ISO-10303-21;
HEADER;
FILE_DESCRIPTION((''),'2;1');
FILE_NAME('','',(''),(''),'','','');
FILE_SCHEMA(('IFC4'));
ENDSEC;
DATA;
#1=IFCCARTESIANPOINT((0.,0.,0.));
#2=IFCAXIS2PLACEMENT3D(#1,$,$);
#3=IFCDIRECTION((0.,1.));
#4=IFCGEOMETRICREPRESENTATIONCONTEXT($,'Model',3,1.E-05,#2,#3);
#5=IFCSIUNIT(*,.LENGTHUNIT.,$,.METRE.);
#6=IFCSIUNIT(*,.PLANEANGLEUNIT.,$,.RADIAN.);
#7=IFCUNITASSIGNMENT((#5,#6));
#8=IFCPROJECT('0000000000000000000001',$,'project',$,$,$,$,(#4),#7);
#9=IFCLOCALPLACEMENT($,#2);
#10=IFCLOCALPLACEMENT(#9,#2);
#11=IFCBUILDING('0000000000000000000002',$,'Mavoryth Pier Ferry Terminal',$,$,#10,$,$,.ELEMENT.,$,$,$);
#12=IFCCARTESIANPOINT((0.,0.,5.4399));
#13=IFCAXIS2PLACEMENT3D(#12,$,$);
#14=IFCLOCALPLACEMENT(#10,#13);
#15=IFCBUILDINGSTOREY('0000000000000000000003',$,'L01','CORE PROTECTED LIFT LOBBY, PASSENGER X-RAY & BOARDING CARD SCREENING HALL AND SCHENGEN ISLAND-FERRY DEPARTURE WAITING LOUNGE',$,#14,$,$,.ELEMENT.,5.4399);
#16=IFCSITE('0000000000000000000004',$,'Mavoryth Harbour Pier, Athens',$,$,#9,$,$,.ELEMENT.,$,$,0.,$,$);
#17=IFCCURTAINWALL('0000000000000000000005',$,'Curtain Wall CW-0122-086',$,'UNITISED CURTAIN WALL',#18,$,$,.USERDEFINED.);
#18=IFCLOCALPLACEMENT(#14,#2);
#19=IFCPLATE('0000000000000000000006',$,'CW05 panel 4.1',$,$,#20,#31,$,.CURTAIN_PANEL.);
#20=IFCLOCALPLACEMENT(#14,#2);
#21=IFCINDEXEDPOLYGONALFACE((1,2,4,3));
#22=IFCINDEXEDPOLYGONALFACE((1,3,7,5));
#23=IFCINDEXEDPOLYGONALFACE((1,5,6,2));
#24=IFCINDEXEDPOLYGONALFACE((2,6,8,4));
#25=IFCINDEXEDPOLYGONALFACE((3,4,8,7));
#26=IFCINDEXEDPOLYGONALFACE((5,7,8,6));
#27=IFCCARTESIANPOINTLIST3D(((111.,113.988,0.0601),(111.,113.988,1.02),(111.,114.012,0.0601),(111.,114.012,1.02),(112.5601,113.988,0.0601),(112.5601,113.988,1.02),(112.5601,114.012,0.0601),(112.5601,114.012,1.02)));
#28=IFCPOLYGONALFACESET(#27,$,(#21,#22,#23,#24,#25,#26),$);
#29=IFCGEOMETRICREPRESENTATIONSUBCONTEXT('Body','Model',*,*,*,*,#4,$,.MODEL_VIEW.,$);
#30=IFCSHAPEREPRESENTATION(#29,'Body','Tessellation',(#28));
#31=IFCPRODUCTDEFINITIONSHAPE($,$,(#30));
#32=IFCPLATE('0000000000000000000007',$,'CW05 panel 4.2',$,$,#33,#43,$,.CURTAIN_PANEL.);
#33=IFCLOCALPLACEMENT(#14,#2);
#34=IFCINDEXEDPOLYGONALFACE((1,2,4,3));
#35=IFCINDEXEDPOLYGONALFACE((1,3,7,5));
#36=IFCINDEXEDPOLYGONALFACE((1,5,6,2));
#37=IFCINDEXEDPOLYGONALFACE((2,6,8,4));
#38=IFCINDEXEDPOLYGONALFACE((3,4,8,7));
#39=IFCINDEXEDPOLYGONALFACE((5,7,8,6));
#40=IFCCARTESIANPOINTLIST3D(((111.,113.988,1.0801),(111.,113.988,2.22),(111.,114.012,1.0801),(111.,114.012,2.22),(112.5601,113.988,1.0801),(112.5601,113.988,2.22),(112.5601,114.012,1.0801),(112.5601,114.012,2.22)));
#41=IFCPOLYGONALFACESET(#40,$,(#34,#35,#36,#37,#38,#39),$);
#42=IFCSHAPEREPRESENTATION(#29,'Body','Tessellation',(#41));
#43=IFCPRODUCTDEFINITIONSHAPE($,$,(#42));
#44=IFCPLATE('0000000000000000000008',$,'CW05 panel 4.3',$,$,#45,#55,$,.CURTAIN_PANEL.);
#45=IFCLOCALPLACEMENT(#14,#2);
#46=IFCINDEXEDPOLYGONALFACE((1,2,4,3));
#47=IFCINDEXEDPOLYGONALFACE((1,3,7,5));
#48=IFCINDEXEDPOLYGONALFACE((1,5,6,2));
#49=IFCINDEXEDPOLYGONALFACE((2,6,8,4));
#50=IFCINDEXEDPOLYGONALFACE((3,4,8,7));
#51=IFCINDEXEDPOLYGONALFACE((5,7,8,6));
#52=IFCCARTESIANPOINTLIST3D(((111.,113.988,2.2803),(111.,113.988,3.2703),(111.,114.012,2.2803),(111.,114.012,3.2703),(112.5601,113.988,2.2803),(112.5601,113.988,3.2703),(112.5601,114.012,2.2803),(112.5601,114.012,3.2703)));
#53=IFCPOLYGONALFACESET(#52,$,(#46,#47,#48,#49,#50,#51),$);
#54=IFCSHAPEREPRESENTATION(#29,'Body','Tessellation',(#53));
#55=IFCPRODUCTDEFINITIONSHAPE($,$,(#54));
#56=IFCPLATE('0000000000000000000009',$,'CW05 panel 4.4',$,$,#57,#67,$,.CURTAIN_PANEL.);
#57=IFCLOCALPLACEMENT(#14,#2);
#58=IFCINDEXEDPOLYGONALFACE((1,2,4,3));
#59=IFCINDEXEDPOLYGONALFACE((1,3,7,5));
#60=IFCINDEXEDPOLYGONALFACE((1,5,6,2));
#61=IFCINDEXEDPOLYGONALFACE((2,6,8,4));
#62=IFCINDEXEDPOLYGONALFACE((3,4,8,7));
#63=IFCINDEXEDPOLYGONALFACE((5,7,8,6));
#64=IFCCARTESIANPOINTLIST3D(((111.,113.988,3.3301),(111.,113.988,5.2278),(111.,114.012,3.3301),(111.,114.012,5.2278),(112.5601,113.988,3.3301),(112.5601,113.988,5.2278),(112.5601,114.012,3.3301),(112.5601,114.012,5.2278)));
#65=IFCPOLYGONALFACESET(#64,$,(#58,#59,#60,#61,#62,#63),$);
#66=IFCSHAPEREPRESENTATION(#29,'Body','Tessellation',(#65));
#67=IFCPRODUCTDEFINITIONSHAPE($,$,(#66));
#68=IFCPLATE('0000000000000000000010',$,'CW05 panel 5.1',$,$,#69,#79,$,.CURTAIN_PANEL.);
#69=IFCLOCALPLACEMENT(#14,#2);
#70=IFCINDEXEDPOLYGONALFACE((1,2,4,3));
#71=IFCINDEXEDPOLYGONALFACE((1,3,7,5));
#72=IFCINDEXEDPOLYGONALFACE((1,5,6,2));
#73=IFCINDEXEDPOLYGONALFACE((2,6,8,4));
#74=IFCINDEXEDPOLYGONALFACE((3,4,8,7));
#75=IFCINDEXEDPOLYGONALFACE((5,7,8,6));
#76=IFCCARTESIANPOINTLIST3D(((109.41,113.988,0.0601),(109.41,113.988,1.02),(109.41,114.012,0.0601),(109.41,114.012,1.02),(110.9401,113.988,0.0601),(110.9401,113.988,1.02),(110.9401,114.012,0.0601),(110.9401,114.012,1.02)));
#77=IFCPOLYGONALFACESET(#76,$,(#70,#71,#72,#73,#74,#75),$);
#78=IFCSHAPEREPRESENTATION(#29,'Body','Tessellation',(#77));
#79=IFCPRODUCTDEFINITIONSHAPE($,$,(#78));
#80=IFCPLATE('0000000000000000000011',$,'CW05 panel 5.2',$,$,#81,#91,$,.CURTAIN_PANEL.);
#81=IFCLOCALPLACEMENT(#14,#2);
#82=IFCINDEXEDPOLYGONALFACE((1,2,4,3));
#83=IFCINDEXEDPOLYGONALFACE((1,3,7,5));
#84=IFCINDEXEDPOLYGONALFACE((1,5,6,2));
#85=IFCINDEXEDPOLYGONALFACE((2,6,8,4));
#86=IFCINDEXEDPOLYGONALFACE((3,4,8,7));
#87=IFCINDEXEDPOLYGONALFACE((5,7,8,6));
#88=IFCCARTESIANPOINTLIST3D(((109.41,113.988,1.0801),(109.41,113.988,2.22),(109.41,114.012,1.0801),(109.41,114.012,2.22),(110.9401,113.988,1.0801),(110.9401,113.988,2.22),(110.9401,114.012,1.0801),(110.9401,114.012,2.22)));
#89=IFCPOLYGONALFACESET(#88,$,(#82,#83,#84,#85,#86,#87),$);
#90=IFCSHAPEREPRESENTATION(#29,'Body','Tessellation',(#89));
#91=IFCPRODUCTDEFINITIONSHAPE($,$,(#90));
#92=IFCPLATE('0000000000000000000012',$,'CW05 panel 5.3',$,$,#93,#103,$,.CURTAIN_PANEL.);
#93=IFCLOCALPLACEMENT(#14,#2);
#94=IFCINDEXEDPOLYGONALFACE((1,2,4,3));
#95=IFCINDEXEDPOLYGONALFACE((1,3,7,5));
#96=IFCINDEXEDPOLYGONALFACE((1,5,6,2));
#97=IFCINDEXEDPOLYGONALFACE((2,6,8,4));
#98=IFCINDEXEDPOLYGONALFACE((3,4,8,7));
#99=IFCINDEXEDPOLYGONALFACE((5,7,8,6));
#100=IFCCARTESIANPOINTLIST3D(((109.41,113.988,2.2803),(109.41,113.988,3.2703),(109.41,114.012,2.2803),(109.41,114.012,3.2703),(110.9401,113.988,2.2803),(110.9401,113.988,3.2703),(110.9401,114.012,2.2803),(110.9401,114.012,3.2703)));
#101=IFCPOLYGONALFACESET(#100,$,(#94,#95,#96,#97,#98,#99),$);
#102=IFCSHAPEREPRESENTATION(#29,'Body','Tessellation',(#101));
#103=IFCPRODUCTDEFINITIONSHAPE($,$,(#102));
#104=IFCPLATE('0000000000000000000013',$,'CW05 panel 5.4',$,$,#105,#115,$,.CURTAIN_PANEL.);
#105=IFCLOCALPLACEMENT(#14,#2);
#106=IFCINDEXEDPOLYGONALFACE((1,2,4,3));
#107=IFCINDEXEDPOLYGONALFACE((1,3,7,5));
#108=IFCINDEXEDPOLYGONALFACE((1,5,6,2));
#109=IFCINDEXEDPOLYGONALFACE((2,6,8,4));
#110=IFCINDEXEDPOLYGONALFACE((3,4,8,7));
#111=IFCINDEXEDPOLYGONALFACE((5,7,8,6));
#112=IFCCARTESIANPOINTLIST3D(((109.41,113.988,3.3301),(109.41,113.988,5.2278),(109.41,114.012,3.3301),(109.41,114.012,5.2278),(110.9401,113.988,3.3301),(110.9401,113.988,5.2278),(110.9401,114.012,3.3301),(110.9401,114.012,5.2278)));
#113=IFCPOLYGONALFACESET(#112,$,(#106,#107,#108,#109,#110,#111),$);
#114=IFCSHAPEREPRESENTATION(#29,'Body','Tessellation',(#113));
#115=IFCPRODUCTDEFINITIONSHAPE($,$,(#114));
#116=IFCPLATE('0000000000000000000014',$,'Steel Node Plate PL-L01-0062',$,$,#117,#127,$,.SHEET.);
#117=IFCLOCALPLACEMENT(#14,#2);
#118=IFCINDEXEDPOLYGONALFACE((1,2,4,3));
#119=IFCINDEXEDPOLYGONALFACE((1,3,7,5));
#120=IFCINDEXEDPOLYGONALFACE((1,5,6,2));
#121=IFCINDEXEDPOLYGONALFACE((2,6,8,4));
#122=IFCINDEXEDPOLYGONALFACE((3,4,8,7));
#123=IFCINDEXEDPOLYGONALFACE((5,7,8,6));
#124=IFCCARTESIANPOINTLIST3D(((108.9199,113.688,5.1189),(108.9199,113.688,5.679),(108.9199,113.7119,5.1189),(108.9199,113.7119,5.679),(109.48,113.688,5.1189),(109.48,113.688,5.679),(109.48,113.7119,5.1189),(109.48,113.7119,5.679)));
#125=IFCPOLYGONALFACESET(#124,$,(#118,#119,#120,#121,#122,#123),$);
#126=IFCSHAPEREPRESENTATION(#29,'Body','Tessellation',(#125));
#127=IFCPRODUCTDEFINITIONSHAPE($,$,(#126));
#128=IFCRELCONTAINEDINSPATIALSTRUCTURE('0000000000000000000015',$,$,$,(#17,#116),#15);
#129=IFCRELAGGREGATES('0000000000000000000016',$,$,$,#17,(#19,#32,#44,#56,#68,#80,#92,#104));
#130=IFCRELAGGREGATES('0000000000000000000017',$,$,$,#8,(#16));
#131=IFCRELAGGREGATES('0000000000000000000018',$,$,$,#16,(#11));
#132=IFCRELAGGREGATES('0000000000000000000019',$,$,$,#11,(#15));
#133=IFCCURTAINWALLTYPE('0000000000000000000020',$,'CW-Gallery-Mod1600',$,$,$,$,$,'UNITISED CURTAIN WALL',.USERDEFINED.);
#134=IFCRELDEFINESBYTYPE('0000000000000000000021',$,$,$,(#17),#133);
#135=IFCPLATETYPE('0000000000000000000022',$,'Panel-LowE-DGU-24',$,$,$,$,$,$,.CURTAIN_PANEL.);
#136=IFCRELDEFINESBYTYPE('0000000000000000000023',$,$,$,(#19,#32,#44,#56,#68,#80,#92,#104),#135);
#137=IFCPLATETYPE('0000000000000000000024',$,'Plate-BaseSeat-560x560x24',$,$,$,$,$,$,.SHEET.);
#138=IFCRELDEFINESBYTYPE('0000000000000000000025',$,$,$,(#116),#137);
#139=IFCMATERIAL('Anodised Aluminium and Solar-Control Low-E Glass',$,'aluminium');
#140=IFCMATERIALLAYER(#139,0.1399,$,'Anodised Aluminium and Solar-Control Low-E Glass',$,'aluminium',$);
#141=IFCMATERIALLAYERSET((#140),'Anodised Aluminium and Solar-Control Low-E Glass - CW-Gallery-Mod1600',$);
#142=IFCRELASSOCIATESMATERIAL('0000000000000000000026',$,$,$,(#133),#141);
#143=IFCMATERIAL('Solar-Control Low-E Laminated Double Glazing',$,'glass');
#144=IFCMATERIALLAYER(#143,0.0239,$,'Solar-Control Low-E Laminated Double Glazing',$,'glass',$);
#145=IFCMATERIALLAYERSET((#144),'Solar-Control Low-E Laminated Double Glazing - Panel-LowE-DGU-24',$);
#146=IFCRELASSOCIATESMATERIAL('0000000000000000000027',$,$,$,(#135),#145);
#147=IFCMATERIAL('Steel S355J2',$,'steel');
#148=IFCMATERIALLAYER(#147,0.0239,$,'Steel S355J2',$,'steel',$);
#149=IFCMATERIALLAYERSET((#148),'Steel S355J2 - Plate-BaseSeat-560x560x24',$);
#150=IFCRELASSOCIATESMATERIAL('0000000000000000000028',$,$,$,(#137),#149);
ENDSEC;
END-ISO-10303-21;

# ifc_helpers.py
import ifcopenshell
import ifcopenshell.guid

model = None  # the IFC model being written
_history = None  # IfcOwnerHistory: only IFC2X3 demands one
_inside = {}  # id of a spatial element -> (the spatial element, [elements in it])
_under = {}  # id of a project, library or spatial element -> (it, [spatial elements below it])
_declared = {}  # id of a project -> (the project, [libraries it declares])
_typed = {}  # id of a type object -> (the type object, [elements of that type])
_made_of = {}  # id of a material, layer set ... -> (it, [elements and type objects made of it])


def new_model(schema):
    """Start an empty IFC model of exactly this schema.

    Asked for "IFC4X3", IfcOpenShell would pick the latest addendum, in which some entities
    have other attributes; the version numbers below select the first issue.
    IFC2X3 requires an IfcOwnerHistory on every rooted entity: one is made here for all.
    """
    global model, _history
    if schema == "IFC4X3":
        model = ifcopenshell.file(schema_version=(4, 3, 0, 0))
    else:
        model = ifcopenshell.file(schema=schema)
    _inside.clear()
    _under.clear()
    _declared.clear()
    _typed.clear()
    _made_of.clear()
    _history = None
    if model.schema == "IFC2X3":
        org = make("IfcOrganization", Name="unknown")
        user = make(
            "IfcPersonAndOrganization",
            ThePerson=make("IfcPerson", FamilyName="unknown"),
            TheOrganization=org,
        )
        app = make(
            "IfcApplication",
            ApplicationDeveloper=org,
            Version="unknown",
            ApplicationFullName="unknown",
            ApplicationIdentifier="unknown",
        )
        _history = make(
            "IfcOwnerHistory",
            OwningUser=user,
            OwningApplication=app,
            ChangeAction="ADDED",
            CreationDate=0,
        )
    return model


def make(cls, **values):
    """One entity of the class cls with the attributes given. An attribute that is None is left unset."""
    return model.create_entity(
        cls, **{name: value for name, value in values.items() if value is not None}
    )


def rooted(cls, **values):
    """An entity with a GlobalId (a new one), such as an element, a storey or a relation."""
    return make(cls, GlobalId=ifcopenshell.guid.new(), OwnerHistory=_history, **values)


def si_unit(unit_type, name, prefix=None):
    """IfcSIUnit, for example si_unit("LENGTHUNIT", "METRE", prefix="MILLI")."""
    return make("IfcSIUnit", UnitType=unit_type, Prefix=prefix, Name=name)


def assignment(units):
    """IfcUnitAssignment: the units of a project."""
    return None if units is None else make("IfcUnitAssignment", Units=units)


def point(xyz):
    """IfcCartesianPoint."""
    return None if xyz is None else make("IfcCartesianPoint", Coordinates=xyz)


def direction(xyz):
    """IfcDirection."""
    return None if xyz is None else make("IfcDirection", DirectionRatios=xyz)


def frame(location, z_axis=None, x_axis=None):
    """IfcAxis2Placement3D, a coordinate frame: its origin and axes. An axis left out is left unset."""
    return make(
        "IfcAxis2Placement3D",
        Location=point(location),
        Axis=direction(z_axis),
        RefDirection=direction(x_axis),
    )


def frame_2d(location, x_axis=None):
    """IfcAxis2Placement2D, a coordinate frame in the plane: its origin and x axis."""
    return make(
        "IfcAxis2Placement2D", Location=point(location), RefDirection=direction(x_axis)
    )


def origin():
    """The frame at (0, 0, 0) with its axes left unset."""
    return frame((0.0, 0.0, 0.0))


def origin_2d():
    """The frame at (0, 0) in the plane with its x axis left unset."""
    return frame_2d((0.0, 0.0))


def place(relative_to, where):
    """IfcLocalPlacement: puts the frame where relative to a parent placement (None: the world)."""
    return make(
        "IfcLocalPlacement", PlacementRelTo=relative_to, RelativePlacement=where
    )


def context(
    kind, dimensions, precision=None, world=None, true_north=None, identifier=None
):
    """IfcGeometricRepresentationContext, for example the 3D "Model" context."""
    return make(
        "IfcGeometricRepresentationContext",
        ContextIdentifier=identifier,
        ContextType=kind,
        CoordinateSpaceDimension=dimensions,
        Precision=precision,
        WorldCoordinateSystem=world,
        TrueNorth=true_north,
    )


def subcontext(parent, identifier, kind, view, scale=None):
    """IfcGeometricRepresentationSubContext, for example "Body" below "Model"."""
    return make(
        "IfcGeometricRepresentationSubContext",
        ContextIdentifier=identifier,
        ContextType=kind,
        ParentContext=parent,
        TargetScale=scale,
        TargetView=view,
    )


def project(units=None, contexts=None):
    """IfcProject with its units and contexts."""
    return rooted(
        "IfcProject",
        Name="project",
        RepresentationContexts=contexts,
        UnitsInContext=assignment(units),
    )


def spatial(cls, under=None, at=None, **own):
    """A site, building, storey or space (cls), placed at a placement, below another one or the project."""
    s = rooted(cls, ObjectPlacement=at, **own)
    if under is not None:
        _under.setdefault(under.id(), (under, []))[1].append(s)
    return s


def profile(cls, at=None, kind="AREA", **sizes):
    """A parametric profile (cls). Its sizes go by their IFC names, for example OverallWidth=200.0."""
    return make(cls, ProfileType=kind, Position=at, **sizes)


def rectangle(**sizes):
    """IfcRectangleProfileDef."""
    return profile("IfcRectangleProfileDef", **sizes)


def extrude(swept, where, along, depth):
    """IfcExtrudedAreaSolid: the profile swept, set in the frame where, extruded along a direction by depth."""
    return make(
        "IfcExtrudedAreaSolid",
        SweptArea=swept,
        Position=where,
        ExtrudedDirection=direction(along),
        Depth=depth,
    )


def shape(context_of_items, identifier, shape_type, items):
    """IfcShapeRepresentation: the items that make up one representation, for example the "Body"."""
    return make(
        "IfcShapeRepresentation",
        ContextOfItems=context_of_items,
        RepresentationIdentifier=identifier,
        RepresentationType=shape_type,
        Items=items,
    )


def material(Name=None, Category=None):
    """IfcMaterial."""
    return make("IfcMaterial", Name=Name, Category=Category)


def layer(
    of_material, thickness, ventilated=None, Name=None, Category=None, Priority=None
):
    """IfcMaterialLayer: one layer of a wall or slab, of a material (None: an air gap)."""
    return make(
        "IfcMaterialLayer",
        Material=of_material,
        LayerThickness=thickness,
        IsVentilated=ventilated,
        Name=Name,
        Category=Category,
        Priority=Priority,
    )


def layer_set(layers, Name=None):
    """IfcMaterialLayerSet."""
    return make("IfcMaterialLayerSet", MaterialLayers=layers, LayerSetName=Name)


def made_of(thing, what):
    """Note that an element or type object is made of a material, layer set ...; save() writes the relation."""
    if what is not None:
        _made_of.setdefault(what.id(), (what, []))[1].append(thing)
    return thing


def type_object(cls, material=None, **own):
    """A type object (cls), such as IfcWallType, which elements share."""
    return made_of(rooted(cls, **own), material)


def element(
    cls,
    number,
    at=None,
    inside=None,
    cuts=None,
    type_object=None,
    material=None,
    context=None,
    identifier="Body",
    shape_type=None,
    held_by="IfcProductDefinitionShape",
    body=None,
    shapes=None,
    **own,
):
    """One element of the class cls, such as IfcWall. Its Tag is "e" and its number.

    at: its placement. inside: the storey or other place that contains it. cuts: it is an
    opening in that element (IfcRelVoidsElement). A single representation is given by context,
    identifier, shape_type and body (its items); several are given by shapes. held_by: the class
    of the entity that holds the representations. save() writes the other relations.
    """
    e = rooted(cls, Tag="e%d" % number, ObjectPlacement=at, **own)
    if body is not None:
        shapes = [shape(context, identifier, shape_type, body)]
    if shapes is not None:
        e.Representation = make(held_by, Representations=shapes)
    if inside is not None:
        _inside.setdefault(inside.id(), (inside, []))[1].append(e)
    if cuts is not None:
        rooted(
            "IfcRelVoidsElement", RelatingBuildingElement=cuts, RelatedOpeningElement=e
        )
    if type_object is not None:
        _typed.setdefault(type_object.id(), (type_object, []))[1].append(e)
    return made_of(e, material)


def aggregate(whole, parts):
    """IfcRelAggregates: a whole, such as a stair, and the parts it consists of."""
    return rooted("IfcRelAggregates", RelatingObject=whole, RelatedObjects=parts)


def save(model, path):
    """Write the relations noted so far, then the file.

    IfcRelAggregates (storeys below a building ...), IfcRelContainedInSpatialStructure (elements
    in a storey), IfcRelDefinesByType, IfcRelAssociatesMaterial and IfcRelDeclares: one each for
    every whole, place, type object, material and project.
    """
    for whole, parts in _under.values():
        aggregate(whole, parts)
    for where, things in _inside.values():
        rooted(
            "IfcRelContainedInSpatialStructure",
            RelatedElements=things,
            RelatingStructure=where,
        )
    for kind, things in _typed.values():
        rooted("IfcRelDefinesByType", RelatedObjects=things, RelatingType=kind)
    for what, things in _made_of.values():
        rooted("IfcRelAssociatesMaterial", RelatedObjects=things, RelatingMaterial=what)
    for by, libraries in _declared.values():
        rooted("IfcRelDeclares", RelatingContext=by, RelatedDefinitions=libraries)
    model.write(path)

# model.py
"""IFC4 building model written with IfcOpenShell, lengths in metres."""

from ifc_helpers import new_model, si_unit, direction, frame, origin, origin_2d, place, context, subcontext, project, spatial, rectangle, extrude, material, layer, layer_set, type_object, element, aggregate, save


model = new_model("IFC4")

# Units and contexts
model_context = context("Model", 3, precision=1e-05, world=origin(), true_north=direction((0.0, 1.0)))
body_context = subcontext(model_context, "Body", "Model", "MODEL_VIEW")
ifc_project = project(units=[si_unit("LENGTHUNIT", "METRE"), si_unit("PLANEANGLEUNIT", "RADIAN")], contexts=[model_context])

# Site, building, storey
site_placement = place(None, origin())
site = spatial("IfcSite", under=ifc_project, at=site_placement, Name="Mavoryth Harbour Pier, Athens", CompositionType="ELEMENT", RefElevation=0.0)
building_placement = place(site_placement, origin())
building = spatial("IfcBuilding", under=site, at=building_placement, Name="Mavoryth Pier Ferry Terminal", CompositionType="ELEMENT")
storey_placement = place(building_placement, frame((0.0, 0.0, 5.4399)))
storey = spatial("IfcBuildingStorey", under=building, at=storey_placement, Name="L01", Description="CORE PROTECTED LIFT LOBBY, PASSENGER X-RAY & BOARDING CARD SCREENING HALL AND SCHENGEN ISLAND-FERRY DEPARTURE WAITING LOUNGE", CompositionType="ELEMENT", Elevation=5.4399)

# Shared definitions
ifc_material_1 = material(Name="Steel S355J2", Category="steel")

# Curtain wall
ifc_material_2 = material(Name="Anodised Aluminium and Solar-Control Low-E Glass", Category="aluminium")
ifc_layer_1 = layer(ifc_material_2, 0.1399, Name="Anodised Aluminium and Solar-Control Low-E Glass", Category="aluminium")
ifc_layer_set_1 = layer_set([ifc_layer_1], Name="Anodised Aluminium and Solar-Control Low-E Glass - CW-Gallery-Mod1600")
curtain_wall_type = type_object("IfcCurtainWallType", Name="CW-Gallery-Mod1600", ElementType="UNITISED CURTAIN WALL", PredefinedType="USERDEFINED", material=ifc_layer_set_1)
curtain_wall_1_placement = place(storey_placement, origin())
curtain_wall_1 = element("IfcCurtainWall", 1, at=curtain_wall_1_placement, inside=storey, type_object=curtain_wall_type, Name="Curtain Wall CW-0122-086", ObjectType="UNITISED CURTAIN WALL", PredefinedType="USERDEFINED")

# Plates
ifc_material_3 = material(Name="Solar-Control Low-E Laminated Double Glazing", Category="glass")
ifc_layer_2 = layer(ifc_material_3, 0.0239, Name="Solar-Control Low-E Laminated Double Glazing", Category="glass")
ifc_layer_set_2 = layer_set([ifc_layer_2], Name="Solar-Control Low-E Laminated Double Glazing - Panel-LowE-DGU-24")
plate_type_1 = type_object("IfcPlateType", Name="Panel-LowE-DGU-24", PredefinedType="CURTAIN_PANEL", material=ifc_layer_set_2)
plate_1_placement = place(storey_placement, frame((111.78, 114.0, 0.0601), z_axis=(0.0, 0.0, 1.0), x_axis=(-1.0, 0.0, 0.0)))
plate_1 = element("IfcPlate", 2, at=plate_1_placement, type_object=plate_type_1, Name="CW05 panel 4.1", PredefinedType="CURTAIN_PANEL", context=body_context, shape_type="SweptSolid", body=[
    extrude(rectangle(XDim=1.5601, YDim=0.0239, at=origin_2d()), origin(), (0.0, 0.0, 1.0), 0.96),
])
plate_2_placement = place(storey_placement, frame((111.78, 114.0, 1.0801), z_axis=(0.0, 0.0, 1.0), x_axis=(-1.0, 0.0, 0.0)))
plate_2 = element("IfcPlate", 3, at=plate_2_placement, type_object=plate_type_1, Name="CW05 panel 4.2", PredefinedType="CURTAIN_PANEL", context=body_context, shape_type="SweptSolid", body=[
    extrude(rectangle(XDim=1.5601, YDim=0.0239, at=origin_2d()), origin(), (0.0, 0.0, 1.0), 1.1399),
])
plate_3_placement = place(storey_placement, frame((111.78, 114.0, 2.2803), z_axis=(0.0, 0.0, 1.0), x_axis=(-1.0, 0.0, 0.0)))
plate_3 = element("IfcPlate", 4, at=plate_3_placement, type_object=plate_type_1, Name="CW05 panel 4.3", PredefinedType="CURTAIN_PANEL", context=body_context, shape_type="SweptSolid", body=[
    extrude(rectangle(XDim=1.5601, YDim=0.0239, at=origin_2d()), origin(), (0.0, 0.0, 1.0), 0.99),
])
plate_4_placement = place(storey_placement, frame((111.78, 114.0, 3.3301), z_axis=(0.0, 0.0, 1.0), x_axis=(-1.0, 0.0, 0.0)))
plate_4 = element("IfcPlate", 5, at=plate_4_placement, type_object=plate_type_1, Name="CW05 panel 4.4", PredefinedType="CURTAIN_PANEL", context=body_context, shape_type="SweptSolid", body=[
    extrude(rectangle(XDim=1.5601, YDim=0.0239, at=origin_2d()), origin(), (0.0, 0.0, 1.0), 1.8977),
])
plate_5_placement = place(storey_placement, frame((110.175, 114.0, 0.0601), z_axis=(0.0, 0.0, 1.0), x_axis=(-1.0, 0.0, 0.0)))
plate_5 = element("IfcPlate", 6, at=plate_5_placement, type_object=plate_type_1, Name="CW05 panel 5.1", PredefinedType="CURTAIN_PANEL", context=body_context, shape_type="SweptSolid", body=[
    extrude(rectangle(XDim=1.53, YDim=0.0239, at=origin_2d()), origin(), (0.0, 0.0, 1.0), 0.96),
])
plate_6_placement = place(storey_placement, frame((110.175, 114.0, 1.0801), z_axis=(0.0, 0.0, 1.0), x_axis=(-1.0, 0.0, 0.0)))
plate_6 = element("IfcPlate", 7, at=plate_6_placement, type_object=plate_type_1, Name="CW05 panel 5.2", PredefinedType="CURTAIN_PANEL", context=body_context, shape_type="SweptSolid", body=[
    extrude(rectangle(XDim=1.53, YDim=0.0239, at=origin_2d()), origin(), (0.0, 0.0, 1.0), 1.1399),
])
plate_7_placement = place(storey_placement, frame((110.175, 114.0, 2.2803), z_axis=(0.0, 0.0, 1.0), x_axis=(-1.0, 0.0, 0.0)))
plate_7 = element("IfcPlate", 8, at=plate_7_placement, type_object=plate_type_1, Name="CW05 panel 5.3", PredefinedType="CURTAIN_PANEL", context=body_context, shape_type="SweptSolid", body=[
    extrude(rectangle(XDim=1.53, YDim=0.0239, at=origin_2d()), origin(), (0.0, 0.0, 1.0), 0.99),
])
plate_8_placement = place(storey_placement, frame((110.175, 114.0, 3.3301), z_axis=(0.0, 0.0, 1.0), x_axis=(-1.0, 0.0, 0.0)))
plate_8 = element("IfcPlate", 9, at=plate_8_placement, type_object=plate_type_1, Name="CW05 panel 5.4", PredefinedType="CURTAIN_PANEL", context=body_context, shape_type="SweptSolid", body=[
    extrude(rectangle(XDim=1.53, YDim=0.0239, at=origin_2d()), origin(), (0.0, 0.0, 1.0), 1.8977),
])
aggregate(curtain_wall_1, [plate_1, plate_2, plate_3, plate_4, plate_5, plate_6, plate_7, plate_8])
ifc_layer_3 = layer(ifc_material_1, 0.0239, Name="Steel S355J2", Category="steel")
ifc_layer_set_3 = layer_set([ifc_layer_3], Name="Steel S355J2 - Plate-BaseSeat-560x560x24")
plate_type_2 = type_object("IfcPlateType", Name="Plate-BaseSeat-560x560x24", PredefinedType="SHEET", material=ifc_layer_set_3)
plate_9_placement = place(storey_placement, frame((109.2, 113.7, 5.1189), z_axis=(0.0, 0.0, 1.0), x_axis=(1.0, 0.0, 0.0)))
element("IfcPlate", 10, at=plate_9_placement, inside=storey, type_object=plate_type_2, Name="Steel Node Plate PL-L01-0062", PredefinedType="SHEET", context=body_context, shape_type="SweptSolid", body=[
    extrude(rectangle(XDim=0.5601, YDim=0.0239, at=origin_2d()), origin(), (0.0, 0.0, 1.0), 0.5601),
])

save(model, "model.ifc")
